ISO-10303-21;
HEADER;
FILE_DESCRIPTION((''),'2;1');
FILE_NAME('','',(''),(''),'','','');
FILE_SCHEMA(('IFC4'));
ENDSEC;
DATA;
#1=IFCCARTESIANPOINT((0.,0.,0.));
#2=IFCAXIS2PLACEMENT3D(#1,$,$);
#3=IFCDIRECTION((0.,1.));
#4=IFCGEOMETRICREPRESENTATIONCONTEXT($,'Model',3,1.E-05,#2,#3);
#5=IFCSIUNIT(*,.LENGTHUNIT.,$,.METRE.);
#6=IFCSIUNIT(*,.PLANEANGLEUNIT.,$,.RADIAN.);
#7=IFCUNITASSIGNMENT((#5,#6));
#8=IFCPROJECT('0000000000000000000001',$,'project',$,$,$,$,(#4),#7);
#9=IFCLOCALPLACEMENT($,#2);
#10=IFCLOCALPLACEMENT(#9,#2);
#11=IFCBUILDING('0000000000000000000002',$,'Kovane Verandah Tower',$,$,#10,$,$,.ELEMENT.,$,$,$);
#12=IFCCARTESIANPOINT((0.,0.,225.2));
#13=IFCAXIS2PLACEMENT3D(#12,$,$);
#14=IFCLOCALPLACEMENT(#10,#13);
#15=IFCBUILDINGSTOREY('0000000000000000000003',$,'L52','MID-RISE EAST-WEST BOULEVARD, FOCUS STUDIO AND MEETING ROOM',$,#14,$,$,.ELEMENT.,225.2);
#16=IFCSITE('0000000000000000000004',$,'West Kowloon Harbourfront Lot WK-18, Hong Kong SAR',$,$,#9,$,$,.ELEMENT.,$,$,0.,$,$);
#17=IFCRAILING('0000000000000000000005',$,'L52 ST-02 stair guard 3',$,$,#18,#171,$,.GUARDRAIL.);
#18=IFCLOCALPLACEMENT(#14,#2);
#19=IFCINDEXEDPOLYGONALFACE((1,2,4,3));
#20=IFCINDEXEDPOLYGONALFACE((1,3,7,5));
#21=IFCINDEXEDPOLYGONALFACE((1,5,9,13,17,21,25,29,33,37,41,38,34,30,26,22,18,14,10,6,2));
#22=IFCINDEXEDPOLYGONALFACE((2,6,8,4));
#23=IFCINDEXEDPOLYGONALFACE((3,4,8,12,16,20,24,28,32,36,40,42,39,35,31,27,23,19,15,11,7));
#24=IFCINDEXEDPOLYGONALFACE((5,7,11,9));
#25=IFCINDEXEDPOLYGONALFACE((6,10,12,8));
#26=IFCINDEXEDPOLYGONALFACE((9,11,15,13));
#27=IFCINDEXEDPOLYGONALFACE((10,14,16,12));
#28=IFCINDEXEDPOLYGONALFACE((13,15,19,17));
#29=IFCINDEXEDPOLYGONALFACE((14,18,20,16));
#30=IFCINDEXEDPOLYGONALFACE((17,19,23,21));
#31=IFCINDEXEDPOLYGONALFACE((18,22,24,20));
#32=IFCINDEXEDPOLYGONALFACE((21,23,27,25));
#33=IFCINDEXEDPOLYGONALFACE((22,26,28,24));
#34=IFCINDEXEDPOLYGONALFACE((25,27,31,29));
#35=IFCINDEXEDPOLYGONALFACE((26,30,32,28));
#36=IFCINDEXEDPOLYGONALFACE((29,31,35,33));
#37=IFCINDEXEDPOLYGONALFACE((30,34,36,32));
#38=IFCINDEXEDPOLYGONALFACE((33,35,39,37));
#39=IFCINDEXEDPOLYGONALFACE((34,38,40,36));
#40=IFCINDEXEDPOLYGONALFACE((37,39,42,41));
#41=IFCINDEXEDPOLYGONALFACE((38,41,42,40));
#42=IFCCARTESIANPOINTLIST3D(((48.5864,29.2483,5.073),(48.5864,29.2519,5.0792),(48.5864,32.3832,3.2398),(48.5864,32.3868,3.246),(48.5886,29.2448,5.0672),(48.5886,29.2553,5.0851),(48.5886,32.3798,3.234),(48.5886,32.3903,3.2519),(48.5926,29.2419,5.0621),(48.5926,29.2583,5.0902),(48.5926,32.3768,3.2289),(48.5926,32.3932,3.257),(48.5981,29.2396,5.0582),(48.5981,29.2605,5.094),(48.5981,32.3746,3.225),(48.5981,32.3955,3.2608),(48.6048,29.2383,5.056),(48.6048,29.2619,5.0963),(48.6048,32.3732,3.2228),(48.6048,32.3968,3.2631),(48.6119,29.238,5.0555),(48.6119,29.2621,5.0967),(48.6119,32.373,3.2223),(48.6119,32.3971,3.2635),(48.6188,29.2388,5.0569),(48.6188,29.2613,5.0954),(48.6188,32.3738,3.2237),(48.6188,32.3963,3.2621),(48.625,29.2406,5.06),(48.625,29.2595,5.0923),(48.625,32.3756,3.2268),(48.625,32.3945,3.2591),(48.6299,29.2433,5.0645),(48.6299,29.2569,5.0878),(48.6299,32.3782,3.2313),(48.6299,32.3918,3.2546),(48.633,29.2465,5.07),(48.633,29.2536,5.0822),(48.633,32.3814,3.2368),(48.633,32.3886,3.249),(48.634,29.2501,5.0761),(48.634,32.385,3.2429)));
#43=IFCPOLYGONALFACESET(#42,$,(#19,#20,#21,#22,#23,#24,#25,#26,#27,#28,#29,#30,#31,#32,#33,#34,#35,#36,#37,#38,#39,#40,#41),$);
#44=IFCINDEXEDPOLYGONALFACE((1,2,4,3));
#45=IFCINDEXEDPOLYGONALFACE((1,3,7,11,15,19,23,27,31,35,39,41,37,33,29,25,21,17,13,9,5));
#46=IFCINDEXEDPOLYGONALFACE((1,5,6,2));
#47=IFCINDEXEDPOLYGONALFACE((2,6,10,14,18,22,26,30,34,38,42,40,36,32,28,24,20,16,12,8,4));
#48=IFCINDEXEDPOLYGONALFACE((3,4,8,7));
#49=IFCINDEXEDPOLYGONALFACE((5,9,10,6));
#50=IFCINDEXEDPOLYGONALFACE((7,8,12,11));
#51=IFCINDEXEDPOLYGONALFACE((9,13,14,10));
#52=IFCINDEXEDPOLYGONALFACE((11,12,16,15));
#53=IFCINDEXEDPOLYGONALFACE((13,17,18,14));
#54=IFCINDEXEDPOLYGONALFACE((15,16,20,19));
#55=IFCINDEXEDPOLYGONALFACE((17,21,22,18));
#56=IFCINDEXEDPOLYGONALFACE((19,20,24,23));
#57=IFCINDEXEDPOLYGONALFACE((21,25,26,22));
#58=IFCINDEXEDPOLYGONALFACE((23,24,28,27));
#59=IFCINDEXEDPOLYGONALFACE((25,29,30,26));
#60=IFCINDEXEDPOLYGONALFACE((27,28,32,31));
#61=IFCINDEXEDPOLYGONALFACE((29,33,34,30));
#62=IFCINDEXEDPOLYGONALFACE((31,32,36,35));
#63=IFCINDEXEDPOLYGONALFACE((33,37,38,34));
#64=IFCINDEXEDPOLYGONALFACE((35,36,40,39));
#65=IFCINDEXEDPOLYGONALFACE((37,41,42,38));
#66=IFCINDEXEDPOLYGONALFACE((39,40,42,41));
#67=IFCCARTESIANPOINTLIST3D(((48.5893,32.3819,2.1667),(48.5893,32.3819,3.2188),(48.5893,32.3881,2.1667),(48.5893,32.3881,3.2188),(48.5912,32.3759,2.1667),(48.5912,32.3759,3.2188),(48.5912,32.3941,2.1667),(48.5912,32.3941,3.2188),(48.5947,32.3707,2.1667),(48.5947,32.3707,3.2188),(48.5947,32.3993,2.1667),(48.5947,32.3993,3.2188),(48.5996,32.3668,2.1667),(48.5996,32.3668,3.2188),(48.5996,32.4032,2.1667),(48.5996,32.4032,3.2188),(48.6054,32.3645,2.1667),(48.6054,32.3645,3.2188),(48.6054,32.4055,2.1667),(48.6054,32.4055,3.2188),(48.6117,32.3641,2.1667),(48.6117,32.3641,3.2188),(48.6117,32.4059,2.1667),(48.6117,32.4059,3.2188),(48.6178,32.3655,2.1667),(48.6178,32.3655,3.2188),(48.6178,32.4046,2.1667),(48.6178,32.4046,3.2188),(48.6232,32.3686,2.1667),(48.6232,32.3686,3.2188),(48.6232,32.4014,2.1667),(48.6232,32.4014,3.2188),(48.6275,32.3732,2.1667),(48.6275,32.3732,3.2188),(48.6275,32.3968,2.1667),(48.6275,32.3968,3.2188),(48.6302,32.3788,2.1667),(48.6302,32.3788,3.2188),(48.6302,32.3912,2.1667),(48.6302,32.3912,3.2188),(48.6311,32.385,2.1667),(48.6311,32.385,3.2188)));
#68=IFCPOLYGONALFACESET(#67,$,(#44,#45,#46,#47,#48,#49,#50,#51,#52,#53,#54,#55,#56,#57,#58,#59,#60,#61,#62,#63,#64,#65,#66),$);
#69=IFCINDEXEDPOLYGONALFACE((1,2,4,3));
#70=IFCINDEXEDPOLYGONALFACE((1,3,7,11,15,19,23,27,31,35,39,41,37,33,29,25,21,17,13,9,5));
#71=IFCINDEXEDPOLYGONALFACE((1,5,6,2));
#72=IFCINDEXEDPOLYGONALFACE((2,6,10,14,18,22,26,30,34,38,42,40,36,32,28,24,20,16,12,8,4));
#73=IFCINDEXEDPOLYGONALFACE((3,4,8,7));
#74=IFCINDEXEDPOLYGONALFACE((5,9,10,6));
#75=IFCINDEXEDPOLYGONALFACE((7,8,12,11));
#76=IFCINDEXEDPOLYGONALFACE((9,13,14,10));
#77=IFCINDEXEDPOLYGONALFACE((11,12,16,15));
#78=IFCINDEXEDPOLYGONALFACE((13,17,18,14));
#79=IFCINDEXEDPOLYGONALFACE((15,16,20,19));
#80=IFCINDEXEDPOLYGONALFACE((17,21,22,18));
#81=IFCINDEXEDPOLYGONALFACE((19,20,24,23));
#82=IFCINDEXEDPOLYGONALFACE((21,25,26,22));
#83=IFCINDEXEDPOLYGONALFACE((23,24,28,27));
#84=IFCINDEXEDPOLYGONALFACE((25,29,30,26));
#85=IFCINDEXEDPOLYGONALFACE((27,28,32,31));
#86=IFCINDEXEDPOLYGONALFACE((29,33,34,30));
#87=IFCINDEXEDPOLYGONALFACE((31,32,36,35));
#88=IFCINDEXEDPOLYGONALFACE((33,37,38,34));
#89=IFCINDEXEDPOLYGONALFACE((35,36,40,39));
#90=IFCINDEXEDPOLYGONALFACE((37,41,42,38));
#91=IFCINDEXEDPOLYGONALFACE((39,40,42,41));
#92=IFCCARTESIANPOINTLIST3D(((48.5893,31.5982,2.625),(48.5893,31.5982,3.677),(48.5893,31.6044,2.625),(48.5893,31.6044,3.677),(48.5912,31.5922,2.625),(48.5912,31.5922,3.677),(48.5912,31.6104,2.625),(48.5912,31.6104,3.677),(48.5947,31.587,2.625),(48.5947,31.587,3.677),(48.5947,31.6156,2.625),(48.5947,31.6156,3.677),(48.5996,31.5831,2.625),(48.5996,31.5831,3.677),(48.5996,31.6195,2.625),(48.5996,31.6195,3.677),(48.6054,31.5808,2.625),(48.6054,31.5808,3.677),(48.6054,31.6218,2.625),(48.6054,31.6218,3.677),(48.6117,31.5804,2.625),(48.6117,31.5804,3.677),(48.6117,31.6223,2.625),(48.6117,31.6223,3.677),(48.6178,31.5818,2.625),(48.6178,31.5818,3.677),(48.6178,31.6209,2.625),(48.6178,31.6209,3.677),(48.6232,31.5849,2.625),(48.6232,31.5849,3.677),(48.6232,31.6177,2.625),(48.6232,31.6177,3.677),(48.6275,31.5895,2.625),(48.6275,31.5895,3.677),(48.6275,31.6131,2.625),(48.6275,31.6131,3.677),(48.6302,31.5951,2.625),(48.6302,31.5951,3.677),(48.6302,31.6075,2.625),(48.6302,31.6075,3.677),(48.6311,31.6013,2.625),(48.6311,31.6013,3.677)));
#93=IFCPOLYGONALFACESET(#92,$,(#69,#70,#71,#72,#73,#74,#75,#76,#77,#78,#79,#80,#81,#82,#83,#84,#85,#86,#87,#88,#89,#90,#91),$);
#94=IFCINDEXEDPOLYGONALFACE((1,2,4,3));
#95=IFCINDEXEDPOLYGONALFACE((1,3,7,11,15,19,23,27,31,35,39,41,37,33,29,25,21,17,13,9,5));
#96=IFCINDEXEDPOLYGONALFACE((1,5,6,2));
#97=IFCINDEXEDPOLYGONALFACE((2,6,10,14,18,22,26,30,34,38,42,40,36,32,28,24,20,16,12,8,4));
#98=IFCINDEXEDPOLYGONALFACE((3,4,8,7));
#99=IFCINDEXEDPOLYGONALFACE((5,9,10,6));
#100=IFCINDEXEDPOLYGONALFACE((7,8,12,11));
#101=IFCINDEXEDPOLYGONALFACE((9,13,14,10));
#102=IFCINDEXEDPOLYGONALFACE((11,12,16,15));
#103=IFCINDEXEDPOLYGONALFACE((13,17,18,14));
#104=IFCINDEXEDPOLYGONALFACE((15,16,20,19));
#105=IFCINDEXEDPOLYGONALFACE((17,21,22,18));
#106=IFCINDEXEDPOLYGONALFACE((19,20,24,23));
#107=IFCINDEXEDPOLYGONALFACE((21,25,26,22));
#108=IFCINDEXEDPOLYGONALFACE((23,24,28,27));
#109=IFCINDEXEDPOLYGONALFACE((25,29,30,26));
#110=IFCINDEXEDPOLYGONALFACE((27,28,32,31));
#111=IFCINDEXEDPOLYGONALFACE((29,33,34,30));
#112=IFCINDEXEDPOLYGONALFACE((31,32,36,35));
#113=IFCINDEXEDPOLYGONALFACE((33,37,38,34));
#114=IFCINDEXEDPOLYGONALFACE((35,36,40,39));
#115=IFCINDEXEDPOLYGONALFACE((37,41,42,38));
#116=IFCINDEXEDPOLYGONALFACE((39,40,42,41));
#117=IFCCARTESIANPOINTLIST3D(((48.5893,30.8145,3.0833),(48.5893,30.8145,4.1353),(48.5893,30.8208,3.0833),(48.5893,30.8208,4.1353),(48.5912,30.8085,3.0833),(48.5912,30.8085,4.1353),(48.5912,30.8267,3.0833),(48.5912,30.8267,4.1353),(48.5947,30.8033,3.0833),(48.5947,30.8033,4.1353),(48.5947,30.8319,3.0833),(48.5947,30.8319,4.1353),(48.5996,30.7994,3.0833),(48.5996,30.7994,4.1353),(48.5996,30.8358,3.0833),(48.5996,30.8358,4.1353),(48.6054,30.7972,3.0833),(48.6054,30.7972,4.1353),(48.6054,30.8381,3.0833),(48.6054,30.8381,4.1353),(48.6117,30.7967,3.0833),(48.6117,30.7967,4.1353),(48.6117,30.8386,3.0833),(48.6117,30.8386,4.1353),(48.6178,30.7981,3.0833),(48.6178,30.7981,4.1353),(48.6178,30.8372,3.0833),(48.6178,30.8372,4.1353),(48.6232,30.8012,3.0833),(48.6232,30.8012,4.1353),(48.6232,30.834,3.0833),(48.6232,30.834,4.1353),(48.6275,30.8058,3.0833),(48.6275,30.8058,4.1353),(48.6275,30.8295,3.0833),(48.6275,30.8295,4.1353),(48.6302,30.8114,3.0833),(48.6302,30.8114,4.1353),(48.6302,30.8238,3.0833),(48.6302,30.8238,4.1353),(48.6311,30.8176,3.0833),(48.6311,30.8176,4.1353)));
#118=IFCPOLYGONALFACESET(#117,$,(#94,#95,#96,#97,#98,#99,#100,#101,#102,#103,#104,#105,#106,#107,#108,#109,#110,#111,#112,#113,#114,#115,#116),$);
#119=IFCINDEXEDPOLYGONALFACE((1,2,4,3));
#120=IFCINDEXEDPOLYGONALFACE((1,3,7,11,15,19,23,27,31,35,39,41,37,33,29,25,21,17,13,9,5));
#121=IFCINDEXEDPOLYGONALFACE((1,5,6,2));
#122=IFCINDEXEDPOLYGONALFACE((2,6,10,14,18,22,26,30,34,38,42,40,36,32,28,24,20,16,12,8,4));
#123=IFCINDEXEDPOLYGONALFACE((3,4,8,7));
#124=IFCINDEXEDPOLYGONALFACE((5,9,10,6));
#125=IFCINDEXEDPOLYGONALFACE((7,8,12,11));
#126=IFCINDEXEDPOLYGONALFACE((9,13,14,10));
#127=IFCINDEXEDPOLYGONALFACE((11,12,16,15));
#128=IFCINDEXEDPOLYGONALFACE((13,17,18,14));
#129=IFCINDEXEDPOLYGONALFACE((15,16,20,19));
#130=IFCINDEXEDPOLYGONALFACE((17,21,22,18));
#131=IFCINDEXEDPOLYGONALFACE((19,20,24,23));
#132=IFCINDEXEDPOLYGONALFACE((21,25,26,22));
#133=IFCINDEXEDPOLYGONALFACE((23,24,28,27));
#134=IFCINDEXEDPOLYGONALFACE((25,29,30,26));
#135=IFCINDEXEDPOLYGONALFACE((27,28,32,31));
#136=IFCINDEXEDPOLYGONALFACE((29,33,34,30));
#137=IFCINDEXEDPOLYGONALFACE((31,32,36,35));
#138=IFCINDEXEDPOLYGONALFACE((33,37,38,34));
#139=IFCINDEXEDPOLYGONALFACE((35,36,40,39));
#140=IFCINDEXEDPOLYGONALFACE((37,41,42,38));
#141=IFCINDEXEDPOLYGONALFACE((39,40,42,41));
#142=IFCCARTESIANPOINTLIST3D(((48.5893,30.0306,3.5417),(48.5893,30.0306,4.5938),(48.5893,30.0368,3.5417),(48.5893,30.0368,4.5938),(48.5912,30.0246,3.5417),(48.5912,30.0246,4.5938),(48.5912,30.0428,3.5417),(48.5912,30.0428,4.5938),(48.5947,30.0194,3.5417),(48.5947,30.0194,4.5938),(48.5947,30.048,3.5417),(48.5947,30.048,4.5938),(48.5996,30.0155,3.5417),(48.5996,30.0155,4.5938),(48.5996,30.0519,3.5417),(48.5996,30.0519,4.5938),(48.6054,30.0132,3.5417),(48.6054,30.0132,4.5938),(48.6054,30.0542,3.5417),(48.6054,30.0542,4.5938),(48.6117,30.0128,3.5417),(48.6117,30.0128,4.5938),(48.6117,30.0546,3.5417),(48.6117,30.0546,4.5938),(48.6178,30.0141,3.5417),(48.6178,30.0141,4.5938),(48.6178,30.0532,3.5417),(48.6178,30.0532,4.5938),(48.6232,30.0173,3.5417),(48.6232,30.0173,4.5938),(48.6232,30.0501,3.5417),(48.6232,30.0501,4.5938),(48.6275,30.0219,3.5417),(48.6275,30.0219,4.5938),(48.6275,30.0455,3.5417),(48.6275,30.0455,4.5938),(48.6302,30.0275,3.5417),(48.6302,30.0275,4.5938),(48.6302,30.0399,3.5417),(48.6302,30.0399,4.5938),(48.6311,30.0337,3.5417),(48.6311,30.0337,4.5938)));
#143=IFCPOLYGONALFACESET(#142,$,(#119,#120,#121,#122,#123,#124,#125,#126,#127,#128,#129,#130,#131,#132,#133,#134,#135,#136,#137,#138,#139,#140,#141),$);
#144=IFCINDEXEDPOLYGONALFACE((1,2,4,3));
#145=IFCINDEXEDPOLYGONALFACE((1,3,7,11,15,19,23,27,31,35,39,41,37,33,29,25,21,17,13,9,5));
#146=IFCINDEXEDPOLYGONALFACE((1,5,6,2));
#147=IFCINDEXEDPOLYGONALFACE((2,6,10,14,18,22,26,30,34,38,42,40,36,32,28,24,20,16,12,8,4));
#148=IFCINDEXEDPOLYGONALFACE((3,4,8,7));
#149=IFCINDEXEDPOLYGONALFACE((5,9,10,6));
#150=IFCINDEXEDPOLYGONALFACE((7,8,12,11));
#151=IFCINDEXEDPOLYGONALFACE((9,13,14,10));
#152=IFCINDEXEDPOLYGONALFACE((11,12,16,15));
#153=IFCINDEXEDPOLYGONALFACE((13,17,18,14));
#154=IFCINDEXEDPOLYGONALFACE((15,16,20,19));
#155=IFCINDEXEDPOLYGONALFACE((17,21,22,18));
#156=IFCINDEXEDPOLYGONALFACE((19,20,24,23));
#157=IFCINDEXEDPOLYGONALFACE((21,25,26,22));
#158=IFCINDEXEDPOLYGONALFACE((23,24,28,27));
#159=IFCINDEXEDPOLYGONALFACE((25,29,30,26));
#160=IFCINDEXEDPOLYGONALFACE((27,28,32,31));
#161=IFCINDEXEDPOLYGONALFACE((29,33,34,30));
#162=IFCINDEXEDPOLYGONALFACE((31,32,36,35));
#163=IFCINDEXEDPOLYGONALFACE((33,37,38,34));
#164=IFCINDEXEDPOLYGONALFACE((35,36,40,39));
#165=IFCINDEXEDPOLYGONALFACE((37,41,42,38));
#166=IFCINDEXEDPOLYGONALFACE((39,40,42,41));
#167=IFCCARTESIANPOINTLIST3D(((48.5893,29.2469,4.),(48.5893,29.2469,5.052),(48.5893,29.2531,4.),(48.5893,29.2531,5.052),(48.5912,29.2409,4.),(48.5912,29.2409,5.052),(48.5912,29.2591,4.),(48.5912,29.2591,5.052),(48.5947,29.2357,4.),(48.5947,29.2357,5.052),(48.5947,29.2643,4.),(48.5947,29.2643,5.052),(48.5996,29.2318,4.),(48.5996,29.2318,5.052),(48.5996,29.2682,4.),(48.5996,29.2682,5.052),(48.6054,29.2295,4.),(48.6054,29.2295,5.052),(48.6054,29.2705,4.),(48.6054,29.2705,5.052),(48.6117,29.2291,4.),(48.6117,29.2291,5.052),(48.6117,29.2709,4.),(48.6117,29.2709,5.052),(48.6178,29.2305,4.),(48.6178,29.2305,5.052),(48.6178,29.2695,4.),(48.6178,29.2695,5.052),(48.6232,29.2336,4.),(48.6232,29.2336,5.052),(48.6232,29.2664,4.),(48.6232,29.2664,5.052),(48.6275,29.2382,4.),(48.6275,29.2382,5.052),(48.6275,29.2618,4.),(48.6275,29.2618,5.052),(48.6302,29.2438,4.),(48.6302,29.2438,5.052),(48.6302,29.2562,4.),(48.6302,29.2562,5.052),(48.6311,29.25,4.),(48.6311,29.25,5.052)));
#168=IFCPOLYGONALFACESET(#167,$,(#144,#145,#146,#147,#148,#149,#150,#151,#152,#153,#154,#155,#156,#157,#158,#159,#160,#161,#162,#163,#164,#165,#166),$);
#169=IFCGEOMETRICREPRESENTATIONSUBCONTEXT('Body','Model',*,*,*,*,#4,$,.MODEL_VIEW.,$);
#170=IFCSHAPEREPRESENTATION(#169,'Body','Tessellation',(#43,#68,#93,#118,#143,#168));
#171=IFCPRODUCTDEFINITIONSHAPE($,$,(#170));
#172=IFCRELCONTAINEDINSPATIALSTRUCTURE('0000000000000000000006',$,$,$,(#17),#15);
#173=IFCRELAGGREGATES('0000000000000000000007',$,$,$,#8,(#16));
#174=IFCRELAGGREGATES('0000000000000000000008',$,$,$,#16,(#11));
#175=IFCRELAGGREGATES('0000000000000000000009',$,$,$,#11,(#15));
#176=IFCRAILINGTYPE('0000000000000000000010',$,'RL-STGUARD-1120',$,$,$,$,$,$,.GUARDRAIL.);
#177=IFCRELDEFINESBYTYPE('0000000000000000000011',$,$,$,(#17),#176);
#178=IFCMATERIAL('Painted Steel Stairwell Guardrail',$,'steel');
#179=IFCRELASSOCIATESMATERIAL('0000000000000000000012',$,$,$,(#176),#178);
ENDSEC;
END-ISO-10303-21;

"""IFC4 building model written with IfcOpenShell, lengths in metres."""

from ifc_helpers import new_model, si_unit, direction, frame, origin, origin_2d, place, context, subcontext, project, spatial, circle, extrude, material, type_object, element, save


model = new_model("IFC4")

# Units and contexts
model_context = context("Model", 3, precision=1e-05, world=origin(), true_north=direction((0.0, 1.0)))
body_context = subcontext(model_context, "Body", "Model", "MODEL_VIEW")
ifc_project = project(units=[si_unit("LENGTHUNIT", "METRE"), si_unit("PLANEANGLEUNIT", "RADIAN")], contexts=[model_context])

# Site, building, storey
site_placement = place(None, origin())
site = spatial("IfcSite", under=ifc_project, at=site_placement, Name="West Kowloon Harbourfront Lot WK-18, Hong Kong SAR", CompositionType="ELEMENT", RefElevation=0.0)
building_placement = place(site_placement, origin())
building = spatial("IfcBuilding", under=site, at=building_placement, Name="Kovane Verandah Tower", CompositionType="ELEMENT")
storey_placement = place(building_placement, frame((0.0, 0.0, 225.2)))
storey = spatial("IfcBuildingStorey", under=building, at=storey_placement, Name="L52", Description="MID-RISE EAST-WEST BOULEVARD, FOCUS STUDIO AND MEETING ROOM", CompositionType="ELEMENT", Elevation=225.2)

# Railing
ifc_material_1 = material(Name="Painted Steel Stairwell Guardrail", Category="steel")
railing_type_1 = type_object("IfcRailingType", Name="RL-STGUARD-1120", PredefinedType="GUARDRAIL", material=ifc_material_1)
railing_1_placement = place(storey_placement, frame((48.6101, 32.385, 2.1667)))
element("IfcRailing", 1, at=railing_1_placement, inside=storey, type_object=railing_type_1, Name="L52 ST-02 stair guard 3", PredefinedType="GUARDRAIL", context=body_context, shape_type="SweptSolid", body=[
    extrude(circle(Radius=0.0239, at=origin_2d()), frame((0.0, 0.0, 1.0762), z_axis=(0.0, -0.86324, 0.504794), x_axis=(1.0, 0.0, 0.0)), (0.0, 0.0, 1.0), 3.6316),
    extrude(circle(Radius=0.021, at=origin_2d()), origin(), (0.0, 0.0, 1.0), 1.052),
    extrude(circle(Radius=0.021, at=origin_2d()), frame((0.0, -0.7837, 0.4583)), (0.0, 0.0, 1.0), 1.052),
    extrude(circle(Radius=0.021, at=origin_2d()), frame((0.0, -1.5674, 0.9165)), (0.0, 0.0, 1.0), 1.052),
    extrude(circle(Radius=0.021, at=origin_2d()), frame((0.0, -2.3513, 1.375)), (0.0, 0.0, 1.0), 1.052),
    extrude(circle(Radius=0.021, at=origin_2d()), frame((0.0, -3.135, 1.8333)), (0.0, 0.0, 1.0), 1.052),
])

save(model, "model.ifc")
